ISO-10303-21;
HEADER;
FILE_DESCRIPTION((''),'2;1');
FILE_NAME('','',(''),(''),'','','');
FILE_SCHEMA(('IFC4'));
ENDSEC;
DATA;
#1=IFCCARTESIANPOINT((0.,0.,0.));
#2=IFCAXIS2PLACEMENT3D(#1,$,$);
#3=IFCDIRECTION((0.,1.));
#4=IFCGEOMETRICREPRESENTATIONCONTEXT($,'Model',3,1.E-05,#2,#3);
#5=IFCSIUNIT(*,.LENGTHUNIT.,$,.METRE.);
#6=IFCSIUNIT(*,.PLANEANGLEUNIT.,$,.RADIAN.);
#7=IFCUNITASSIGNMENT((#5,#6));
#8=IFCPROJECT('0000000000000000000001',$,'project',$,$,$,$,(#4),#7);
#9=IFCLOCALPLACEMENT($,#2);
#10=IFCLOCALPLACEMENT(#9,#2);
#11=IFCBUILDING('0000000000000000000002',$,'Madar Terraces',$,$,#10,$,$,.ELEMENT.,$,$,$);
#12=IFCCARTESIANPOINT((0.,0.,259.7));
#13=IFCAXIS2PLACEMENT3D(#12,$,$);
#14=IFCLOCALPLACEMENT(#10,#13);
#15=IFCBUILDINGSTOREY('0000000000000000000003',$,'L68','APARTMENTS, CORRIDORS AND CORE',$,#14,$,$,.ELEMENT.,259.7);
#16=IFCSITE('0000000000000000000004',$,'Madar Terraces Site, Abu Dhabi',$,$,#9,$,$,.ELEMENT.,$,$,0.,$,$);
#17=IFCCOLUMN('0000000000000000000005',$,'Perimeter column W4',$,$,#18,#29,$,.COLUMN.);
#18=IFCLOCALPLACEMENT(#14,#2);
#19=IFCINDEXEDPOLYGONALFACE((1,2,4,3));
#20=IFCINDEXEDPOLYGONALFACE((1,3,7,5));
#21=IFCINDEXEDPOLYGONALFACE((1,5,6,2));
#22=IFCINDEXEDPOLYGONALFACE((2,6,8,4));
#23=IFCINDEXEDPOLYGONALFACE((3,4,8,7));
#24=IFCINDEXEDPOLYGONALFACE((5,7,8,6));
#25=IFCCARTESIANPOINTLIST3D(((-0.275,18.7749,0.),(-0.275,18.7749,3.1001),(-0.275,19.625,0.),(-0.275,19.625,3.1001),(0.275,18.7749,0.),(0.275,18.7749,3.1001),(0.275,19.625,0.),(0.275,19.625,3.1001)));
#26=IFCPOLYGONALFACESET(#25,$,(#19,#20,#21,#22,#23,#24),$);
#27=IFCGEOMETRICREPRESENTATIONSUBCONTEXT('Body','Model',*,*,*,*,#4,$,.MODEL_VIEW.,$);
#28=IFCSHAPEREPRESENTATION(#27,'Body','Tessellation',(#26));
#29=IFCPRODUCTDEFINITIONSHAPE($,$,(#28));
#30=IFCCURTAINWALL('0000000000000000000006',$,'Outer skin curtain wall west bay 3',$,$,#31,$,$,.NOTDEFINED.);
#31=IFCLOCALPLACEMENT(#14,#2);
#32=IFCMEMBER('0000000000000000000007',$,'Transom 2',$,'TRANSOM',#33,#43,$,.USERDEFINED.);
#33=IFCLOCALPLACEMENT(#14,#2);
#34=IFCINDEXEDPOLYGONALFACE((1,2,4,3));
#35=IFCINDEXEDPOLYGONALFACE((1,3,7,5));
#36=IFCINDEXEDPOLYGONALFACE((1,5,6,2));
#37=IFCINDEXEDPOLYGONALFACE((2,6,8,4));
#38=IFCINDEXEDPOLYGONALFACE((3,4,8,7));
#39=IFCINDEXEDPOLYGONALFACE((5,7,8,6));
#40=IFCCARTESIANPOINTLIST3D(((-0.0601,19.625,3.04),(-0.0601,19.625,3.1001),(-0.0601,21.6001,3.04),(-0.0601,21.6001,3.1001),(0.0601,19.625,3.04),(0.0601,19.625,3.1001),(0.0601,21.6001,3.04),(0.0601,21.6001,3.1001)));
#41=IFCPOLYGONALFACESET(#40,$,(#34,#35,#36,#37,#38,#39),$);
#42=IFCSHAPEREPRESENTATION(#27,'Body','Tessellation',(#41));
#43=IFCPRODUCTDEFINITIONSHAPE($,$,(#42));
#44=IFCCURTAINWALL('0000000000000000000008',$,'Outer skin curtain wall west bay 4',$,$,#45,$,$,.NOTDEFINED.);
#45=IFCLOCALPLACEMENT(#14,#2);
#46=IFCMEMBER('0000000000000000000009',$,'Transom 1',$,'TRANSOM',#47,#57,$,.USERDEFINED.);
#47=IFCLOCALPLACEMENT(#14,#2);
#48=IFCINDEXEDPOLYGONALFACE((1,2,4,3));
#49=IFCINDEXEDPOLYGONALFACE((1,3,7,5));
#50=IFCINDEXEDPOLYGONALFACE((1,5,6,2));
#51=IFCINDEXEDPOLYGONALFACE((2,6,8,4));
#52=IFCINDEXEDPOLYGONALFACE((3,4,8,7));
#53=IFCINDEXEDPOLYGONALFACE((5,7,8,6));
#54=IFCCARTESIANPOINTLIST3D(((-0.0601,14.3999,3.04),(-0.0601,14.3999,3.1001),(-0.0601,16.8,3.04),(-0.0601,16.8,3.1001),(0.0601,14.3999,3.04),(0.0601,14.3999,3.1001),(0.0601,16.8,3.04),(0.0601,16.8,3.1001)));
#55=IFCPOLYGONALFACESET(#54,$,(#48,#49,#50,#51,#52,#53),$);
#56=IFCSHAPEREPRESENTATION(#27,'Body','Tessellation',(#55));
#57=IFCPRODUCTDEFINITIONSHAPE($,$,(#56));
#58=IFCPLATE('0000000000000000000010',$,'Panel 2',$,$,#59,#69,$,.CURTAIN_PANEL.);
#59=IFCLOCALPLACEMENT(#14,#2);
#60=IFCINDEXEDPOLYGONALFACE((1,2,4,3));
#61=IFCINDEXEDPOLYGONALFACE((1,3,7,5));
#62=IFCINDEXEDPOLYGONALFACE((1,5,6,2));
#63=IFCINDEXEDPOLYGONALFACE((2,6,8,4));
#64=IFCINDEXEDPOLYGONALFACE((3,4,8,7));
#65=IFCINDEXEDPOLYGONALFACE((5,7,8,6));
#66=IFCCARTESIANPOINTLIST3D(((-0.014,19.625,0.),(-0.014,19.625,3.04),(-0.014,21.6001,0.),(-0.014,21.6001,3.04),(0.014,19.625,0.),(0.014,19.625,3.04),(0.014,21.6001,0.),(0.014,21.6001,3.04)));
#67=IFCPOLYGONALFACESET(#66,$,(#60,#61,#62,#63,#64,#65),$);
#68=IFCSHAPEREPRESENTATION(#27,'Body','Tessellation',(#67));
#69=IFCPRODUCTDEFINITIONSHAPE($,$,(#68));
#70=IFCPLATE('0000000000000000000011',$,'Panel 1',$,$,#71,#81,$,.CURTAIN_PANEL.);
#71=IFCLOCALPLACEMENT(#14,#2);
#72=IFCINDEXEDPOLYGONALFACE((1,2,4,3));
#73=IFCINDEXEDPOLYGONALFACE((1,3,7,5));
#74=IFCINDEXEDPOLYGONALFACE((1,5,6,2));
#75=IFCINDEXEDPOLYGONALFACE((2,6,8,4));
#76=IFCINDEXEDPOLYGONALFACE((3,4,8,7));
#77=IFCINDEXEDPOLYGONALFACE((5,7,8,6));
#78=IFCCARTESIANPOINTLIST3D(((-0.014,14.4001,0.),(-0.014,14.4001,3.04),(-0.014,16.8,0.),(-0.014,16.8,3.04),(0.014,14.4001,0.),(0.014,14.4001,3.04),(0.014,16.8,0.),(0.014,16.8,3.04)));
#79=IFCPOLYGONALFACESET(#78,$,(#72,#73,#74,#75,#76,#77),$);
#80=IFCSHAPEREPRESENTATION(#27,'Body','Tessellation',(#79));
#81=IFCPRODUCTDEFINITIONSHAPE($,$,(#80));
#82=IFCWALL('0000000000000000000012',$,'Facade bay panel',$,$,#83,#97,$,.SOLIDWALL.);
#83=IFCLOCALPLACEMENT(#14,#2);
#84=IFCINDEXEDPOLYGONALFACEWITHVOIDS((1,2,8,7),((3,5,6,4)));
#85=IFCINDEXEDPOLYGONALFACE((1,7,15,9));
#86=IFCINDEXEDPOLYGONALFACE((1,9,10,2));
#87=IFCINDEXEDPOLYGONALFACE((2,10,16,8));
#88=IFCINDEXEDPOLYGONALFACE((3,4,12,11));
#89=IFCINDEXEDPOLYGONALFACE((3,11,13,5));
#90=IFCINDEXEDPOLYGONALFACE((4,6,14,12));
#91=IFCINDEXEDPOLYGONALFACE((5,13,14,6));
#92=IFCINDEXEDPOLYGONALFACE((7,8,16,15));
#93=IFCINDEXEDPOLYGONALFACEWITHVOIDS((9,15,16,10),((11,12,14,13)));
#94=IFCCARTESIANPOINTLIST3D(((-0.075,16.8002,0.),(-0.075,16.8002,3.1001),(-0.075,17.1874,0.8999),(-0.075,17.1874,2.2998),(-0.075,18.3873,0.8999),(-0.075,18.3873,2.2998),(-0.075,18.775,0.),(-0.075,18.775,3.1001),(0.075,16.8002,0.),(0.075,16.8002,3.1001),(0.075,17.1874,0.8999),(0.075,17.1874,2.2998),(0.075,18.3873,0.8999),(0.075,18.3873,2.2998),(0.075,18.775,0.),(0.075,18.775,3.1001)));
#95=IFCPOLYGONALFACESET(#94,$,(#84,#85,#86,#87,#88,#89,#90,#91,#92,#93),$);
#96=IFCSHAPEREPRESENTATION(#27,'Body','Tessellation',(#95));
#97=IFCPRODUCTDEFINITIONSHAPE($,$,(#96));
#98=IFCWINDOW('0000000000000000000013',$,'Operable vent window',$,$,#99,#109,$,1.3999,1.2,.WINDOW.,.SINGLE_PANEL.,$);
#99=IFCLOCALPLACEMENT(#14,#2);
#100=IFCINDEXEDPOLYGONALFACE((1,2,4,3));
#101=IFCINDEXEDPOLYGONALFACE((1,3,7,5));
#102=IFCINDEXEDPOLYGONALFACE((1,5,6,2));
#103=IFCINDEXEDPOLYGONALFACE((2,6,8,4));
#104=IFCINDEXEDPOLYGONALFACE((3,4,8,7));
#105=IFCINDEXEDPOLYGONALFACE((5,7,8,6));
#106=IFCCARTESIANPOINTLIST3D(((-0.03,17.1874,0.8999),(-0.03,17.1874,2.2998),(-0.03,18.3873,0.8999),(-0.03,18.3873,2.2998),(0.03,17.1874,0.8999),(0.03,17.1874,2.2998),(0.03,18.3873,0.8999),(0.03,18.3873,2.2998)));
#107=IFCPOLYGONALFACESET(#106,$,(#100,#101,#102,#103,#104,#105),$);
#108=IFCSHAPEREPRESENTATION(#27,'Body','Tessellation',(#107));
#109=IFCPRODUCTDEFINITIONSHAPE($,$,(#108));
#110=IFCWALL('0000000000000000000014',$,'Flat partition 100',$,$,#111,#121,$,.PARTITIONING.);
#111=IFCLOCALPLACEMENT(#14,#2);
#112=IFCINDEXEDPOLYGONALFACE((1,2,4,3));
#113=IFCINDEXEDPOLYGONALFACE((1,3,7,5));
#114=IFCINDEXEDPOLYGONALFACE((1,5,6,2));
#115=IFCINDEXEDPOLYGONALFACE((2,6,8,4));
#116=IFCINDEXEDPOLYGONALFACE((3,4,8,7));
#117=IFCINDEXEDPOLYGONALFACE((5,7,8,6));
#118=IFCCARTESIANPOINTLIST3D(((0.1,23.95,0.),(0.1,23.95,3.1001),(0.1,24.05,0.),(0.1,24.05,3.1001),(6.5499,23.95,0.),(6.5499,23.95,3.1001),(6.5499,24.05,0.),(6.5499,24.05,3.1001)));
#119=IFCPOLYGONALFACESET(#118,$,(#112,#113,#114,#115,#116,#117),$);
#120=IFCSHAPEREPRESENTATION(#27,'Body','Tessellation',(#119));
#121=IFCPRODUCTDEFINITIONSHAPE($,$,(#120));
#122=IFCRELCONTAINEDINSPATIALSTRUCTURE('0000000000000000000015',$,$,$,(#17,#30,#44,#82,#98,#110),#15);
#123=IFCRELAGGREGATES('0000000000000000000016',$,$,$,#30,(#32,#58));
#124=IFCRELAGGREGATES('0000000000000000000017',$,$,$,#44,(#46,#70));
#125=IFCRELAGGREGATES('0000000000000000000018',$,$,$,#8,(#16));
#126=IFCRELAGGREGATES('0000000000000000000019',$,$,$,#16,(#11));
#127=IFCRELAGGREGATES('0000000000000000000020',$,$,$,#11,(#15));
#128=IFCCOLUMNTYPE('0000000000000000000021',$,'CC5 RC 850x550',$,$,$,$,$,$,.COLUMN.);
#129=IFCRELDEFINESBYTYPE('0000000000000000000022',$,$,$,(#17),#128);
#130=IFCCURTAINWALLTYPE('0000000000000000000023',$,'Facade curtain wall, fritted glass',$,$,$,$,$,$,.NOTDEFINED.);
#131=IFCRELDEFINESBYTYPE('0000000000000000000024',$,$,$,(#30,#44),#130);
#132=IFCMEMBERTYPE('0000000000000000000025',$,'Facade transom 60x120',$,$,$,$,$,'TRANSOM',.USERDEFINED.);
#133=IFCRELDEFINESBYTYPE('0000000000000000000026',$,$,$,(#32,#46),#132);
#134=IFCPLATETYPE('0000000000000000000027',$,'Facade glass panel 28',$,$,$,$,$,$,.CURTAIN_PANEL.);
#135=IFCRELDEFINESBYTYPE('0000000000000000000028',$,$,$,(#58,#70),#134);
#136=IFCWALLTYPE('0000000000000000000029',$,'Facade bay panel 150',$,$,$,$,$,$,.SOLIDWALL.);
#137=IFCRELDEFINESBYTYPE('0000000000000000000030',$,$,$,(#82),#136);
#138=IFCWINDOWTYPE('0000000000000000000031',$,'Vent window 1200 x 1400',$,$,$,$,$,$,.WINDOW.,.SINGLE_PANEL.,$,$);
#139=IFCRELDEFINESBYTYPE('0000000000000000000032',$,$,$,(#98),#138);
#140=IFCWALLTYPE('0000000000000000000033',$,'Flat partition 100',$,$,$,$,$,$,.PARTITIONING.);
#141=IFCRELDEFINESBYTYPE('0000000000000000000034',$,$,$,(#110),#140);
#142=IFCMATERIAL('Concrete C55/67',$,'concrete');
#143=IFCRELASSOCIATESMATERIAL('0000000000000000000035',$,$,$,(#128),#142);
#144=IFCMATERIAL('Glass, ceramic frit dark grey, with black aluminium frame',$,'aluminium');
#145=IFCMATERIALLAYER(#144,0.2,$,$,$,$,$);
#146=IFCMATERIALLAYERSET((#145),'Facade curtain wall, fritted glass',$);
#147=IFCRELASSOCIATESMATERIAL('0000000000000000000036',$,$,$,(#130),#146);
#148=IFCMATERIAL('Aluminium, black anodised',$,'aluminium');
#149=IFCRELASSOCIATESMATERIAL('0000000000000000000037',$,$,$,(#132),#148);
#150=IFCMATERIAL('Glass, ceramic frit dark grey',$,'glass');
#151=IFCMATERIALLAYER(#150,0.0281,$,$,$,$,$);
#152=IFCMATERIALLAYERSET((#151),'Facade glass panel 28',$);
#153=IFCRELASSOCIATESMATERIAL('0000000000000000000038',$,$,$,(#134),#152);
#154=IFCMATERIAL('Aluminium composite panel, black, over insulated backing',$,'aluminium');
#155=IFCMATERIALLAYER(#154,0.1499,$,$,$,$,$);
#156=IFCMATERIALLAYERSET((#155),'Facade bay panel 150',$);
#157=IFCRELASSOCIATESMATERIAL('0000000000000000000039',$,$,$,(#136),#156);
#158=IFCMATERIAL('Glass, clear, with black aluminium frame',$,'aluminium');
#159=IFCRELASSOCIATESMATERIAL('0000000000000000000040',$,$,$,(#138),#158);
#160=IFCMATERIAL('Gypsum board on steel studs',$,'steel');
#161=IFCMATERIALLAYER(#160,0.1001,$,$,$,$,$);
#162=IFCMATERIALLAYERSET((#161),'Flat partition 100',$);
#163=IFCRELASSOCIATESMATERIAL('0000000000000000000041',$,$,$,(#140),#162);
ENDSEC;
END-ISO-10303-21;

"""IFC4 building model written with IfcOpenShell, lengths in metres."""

from ifc_helpers import new_model, si_unit, direction, frame, frame_2d, origin, origin_2d, place, context, subcontext, project, spatial, rectangle, extrude, material, layer, layer_set, material_profile, profile_set, type_object, element, fill, aggregate, save


model = new_model("IFC4")

# Units and contexts
model_context = context("Model", 3, precision=1e-05, world=origin(), true_north=direction((0.0, 1.0)))
body_context = subcontext(model_context, "Body", "Model", "MODEL_VIEW")
ifc_project = project(units=[si_unit("LENGTHUNIT", "METRE"), si_unit("PLANEANGLEUNIT", "RADIAN")], contexts=[model_context])

# Site, building, storey
site_placement = place(None, origin())
site = spatial("IfcSite", under=ifc_project, at=site_placement, Name="Madar Terraces Site, Abu Dhabi", CompositionType="ELEMENT", RefElevation=0.0)
building_placement = place(site_placement, origin())
building = spatial("IfcBuilding", under=site, at=building_placement, Name="Madar Terraces", CompositionType="ELEMENT")
storey_placement = place(building_placement, frame((0.0, 0.0, 259.7)))
storey = spatial("IfcBuildingStorey", under=building, at=storey_placement, Name="L68", Description="APARTMENTS, CORRIDORS AND CORE", CompositionType="ELEMENT", Elevation=259.7)

# Column
ifc_material_1 = material(Name="Concrete C55/67", Category="concrete")
ifc_material_profile_1 = material_profile(ifc_material_1, rectangle(XDim=0.8501, YDim=0.55, at=origin_2d()), Name="CC5 RC 850x550")
ifc_profile_set_1 = profile_set([ifc_material_profile_1], Name="Concrete C55/67")
column_type = type_object("IfcColumnType", Name="CC5 RC 850x550", PredefinedType="COLUMN", material=ifc_profile_set_1)
column_placement = place(storey_placement, frame((0.0, 19.2, 0.0), z_axis=(0.0, 0.0, 1.0), x_axis=(0.0, 1.0, 0.0)))
element("IfcColumn", 1, at=column_placement, inside=storey, type_object=column_type, Name="Perimeter column W4", PredefinedType="COLUMN", context=body_context, shape_type="SweptSolid", body=[
    extrude(rectangle(XDim=0.8501, YDim=0.55, at=origin_2d()), origin(), (0.0, 0.0, 1.0), 3.1001),
])

# Curtain walls, members
ifc_material_2 = material(Name="Glass, ceramic frit dark grey, with black aluminium frame", Category="aluminium")
ifc_layer_1 = layer(ifc_material_2, 0.2)
ifc_layer_set_1 = layer_set([ifc_layer_1], Name="Facade curtain wall, fritted glass")
curtain_wall_type = type_object("IfcCurtainWallType", Name="Facade curtain wall, fritted glass", PredefinedType="NOTDEFINED", material=ifc_layer_set_1)
curtain_wall_1_placement = place(storey_placement, origin())
curtain_wall_1 = element("IfcCurtainWall", 2, at=curtain_wall_1_placement, inside=storey, type_object=curtain_wall_type, Name="Outer skin curtain wall west bay 3", PredefinedType="NOTDEFINED")
ifc_material_3 = material(Name="Aluminium, black anodised", Category="aluminium")
ifc_material_profile_2 = material_profile(ifc_material_3, rectangle(XDim=0.1201, YDim=0.0601, at=origin_2d()), Name="Facade transom 60x120")
ifc_profile_set_2 = profile_set([ifc_material_profile_2], Name="Aluminium, black anodised")
member_type = type_object("IfcMemberType", Name="Facade transom 60x120", ElementType="TRANSOM", PredefinedType="USERDEFINED", material=ifc_profile_set_2)
member_1_placement = place(storey_placement, frame((0.0, 21.6001, 3.0701), z_axis=(0.0, -1.0, 0.0), x_axis=(1.0, 0.0, 0.0)))
member_1 = element("IfcMember", 3, at=member_1_placement, type_object=member_type, Name="Transom 2", ObjectType="TRANSOM", PredefinedType="USERDEFINED", context=body_context, shape_type="SweptSolid", body=[
    extrude(rectangle(XDim=0.1201, YDim=0.0601, at=origin_2d()), origin(), (0.0, 0.0, 1.0), 1.9751),
])
curtain_wall_2_placement = place(storey_placement, origin())
curtain_wall_2 = element("IfcCurtainWall", 4, at=curtain_wall_2_placement, inside=storey, type_object=curtain_wall_type, Name="Outer skin curtain wall west bay 4", PredefinedType="NOTDEFINED")
member_2_placement = place(storey_placement, frame((0.0, 16.8, 3.0701), z_axis=(0.0, -1.0, 0.0), x_axis=(1.0, 0.0, 0.0)))
member_2 = element("IfcMember", 5, at=member_2_placement, type_object=member_type, Name="Transom 1", ObjectType="TRANSOM", PredefinedType="USERDEFINED", context=body_context, shape_type="SweptSolid", body=[
    extrude(rectangle(XDim=0.1201, YDim=0.0601, at=origin_2d()), origin(), (0.0, 0.0, 1.0), 2.4001),
])

# Plates
ifc_material_4 = material(Name="Glass, ceramic frit dark grey", Category="glass")
ifc_layer_2 = layer(ifc_material_4, 0.0281)
ifc_layer_set_2 = layer_set([ifc_layer_2], Name="Facade glass panel 28")
plate_type = type_object("IfcPlateType", Name="Facade glass panel 28", PredefinedType="CURTAIN_PANEL", material=ifc_layer_set_2)
plate_1_placement = place(storey_placement, frame((0.0, 20.6125, 0.0), z_axis=(0.0, 0.0, 1.0), x_axis=(0.0, -1.0, 0.0)))
plate_1 = element("IfcPlate", 6, at=plate_1_placement, type_object=plate_type, Name="Panel 2", PredefinedType="CURTAIN_PANEL", context=body_context, shape_type="SweptSolid", body=[
    extrude(rectangle(XDim=1.9751, YDim=0.0281, at=origin_2d()), origin(), (0.0, 0.0, 1.0), 3.04),
])
aggregate(curtain_wall_1, [member_1, plate_1])
plate_2_placement = place(storey_placement, frame((0.0, 15.6001, 0.0), z_axis=(0.0, 0.0, 1.0), x_axis=(0.0, -1.0, 0.0)))
plate_2 = element("IfcPlate", 7, at=plate_2_placement, type_object=plate_type, Name="Panel 1", PredefinedType="CURTAIN_PANEL", context=body_context, shape_type="SweptSolid", body=[
    extrude(rectangle(XDim=2.3999, YDim=0.0281, at=origin_2d()), origin(), (0.0, 0.0, 1.0), 3.04),
])
aggregate(curtain_wall_2, [member_2, plate_2])

# Shared definitions
ifc_material_5 = material(Name="Aluminium composite panel, black, over insulated backing", Category="aluminium")
ifc_layer_3 = layer(ifc_material_5, 0.1499)
ifc_layer_set_3 = layer_set([ifc_layer_3], Name="Facade bay panel 150")
wall_type_1 = type_object("IfcWallType", Name="Facade bay panel 150", PredefinedType="SOLIDWALL", material=ifc_layer_set_3)

# Wall, opening, window
wall_1_placement = place(storey_placement, frame((0.0, 18.7749, 0.0), z_axis=(0.0, 0.0, 1.0), x_axis=(0.0, -1.0, 0.0)))
wall_1 = element("IfcWall", 8, at=wall_1_placement, inside=storey, type_object=wall_type_1, Name="Facade bay panel", PredefinedType="SOLIDWALL", context=body_context, shape_type="SweptSolid", body=[
    extrude(rectangle(XDim=1.9749, YDim=0.1499, at=frame_2d((0.9873, 0.0))), origin(), (0.0, 0.0, 1.0), 3.1001),
])
opening_1_placement = place(wall_1_placement, frame((0.3875, 0.0, 0.8999)))
opening_1 = element("IfcOpeningElement", 9, at=opening_1_placement, cuts=wall_1, PredefinedType="OPENING", context=body_context, shape_type="SweptSolid", body=[
    extrude(rectangle(XDim=1.2, YDim=1.3999, at=frame_2d((0.6001, 0.7))), frame((0.0, 0.085, 0.0), z_axis=(0.0, -1.0, 0.0), x_axis=(1.0, 0.0, 0.0)), (0.0, 0.0, 1.0), 0.1699),
])
ifc_material_6 = material(Name="Glass, clear, with black aluminium frame", Category="aluminium")
window_type = type_object("IfcWindowType", Name="Vent window 1200 x 1400", PartitioningType="SINGLE_PANEL", PredefinedType="WINDOW", material=ifc_material_6)
window_placement = place(opening_1_placement, origin())
window = element("IfcWindow", 10, at=window_placement, inside=storey, type_object=window_type, Name="Operable vent window", OverallHeight=1.3999, OverallWidth=1.2, PartitioningType="SINGLE_PANEL", PredefinedType="WINDOW", context=body_context, shape_type="SweptSolid", body=[
    extrude(rectangle(XDim=1.2, YDim=1.3999, at=frame_2d((0.6001, 0.7))), frame((0.0, 0.03, 0.0), z_axis=(0.0, -1.0, 0.0), x_axis=(1.0, 0.0, 0.0)), (0.0, 0.0, 1.0), 0.0601),
])
fill(opening_1, window)

# Wall
ifc_material_7 = material(Name="Gypsum board on steel studs", Category="steel")
ifc_layer_4 = layer(ifc_material_7, 0.1001)
ifc_layer_set_4 = layer_set([ifc_layer_4], Name="Flat partition 100")
wall_type_2 = type_object("IfcWallType", Name="Flat partition 100", PredefinedType="PARTITIONING", material=ifc_layer_set_4)
wall_2_placement = place(storey_placement, frame((6.55, 24.0, 0.0), z_axis=(0.0, 0.0, 1.0), x_axis=(-1.0, 0.0, 0.0)))
element("IfcWall", 11, at=wall_2_placement, inside=storey, type_object=wall_type_2, Name="Flat partition 100", PredefinedType="PARTITIONING", context=body_context, shape_type="SweptSolid", body=[
    extrude(rectangle(XDim=6.45, YDim=0.1001, at=frame_2d((3.2251, 0.0))), origin(), (0.0, 0.0, 1.0), 3.1001),
])

save(model, "model.ifc")
